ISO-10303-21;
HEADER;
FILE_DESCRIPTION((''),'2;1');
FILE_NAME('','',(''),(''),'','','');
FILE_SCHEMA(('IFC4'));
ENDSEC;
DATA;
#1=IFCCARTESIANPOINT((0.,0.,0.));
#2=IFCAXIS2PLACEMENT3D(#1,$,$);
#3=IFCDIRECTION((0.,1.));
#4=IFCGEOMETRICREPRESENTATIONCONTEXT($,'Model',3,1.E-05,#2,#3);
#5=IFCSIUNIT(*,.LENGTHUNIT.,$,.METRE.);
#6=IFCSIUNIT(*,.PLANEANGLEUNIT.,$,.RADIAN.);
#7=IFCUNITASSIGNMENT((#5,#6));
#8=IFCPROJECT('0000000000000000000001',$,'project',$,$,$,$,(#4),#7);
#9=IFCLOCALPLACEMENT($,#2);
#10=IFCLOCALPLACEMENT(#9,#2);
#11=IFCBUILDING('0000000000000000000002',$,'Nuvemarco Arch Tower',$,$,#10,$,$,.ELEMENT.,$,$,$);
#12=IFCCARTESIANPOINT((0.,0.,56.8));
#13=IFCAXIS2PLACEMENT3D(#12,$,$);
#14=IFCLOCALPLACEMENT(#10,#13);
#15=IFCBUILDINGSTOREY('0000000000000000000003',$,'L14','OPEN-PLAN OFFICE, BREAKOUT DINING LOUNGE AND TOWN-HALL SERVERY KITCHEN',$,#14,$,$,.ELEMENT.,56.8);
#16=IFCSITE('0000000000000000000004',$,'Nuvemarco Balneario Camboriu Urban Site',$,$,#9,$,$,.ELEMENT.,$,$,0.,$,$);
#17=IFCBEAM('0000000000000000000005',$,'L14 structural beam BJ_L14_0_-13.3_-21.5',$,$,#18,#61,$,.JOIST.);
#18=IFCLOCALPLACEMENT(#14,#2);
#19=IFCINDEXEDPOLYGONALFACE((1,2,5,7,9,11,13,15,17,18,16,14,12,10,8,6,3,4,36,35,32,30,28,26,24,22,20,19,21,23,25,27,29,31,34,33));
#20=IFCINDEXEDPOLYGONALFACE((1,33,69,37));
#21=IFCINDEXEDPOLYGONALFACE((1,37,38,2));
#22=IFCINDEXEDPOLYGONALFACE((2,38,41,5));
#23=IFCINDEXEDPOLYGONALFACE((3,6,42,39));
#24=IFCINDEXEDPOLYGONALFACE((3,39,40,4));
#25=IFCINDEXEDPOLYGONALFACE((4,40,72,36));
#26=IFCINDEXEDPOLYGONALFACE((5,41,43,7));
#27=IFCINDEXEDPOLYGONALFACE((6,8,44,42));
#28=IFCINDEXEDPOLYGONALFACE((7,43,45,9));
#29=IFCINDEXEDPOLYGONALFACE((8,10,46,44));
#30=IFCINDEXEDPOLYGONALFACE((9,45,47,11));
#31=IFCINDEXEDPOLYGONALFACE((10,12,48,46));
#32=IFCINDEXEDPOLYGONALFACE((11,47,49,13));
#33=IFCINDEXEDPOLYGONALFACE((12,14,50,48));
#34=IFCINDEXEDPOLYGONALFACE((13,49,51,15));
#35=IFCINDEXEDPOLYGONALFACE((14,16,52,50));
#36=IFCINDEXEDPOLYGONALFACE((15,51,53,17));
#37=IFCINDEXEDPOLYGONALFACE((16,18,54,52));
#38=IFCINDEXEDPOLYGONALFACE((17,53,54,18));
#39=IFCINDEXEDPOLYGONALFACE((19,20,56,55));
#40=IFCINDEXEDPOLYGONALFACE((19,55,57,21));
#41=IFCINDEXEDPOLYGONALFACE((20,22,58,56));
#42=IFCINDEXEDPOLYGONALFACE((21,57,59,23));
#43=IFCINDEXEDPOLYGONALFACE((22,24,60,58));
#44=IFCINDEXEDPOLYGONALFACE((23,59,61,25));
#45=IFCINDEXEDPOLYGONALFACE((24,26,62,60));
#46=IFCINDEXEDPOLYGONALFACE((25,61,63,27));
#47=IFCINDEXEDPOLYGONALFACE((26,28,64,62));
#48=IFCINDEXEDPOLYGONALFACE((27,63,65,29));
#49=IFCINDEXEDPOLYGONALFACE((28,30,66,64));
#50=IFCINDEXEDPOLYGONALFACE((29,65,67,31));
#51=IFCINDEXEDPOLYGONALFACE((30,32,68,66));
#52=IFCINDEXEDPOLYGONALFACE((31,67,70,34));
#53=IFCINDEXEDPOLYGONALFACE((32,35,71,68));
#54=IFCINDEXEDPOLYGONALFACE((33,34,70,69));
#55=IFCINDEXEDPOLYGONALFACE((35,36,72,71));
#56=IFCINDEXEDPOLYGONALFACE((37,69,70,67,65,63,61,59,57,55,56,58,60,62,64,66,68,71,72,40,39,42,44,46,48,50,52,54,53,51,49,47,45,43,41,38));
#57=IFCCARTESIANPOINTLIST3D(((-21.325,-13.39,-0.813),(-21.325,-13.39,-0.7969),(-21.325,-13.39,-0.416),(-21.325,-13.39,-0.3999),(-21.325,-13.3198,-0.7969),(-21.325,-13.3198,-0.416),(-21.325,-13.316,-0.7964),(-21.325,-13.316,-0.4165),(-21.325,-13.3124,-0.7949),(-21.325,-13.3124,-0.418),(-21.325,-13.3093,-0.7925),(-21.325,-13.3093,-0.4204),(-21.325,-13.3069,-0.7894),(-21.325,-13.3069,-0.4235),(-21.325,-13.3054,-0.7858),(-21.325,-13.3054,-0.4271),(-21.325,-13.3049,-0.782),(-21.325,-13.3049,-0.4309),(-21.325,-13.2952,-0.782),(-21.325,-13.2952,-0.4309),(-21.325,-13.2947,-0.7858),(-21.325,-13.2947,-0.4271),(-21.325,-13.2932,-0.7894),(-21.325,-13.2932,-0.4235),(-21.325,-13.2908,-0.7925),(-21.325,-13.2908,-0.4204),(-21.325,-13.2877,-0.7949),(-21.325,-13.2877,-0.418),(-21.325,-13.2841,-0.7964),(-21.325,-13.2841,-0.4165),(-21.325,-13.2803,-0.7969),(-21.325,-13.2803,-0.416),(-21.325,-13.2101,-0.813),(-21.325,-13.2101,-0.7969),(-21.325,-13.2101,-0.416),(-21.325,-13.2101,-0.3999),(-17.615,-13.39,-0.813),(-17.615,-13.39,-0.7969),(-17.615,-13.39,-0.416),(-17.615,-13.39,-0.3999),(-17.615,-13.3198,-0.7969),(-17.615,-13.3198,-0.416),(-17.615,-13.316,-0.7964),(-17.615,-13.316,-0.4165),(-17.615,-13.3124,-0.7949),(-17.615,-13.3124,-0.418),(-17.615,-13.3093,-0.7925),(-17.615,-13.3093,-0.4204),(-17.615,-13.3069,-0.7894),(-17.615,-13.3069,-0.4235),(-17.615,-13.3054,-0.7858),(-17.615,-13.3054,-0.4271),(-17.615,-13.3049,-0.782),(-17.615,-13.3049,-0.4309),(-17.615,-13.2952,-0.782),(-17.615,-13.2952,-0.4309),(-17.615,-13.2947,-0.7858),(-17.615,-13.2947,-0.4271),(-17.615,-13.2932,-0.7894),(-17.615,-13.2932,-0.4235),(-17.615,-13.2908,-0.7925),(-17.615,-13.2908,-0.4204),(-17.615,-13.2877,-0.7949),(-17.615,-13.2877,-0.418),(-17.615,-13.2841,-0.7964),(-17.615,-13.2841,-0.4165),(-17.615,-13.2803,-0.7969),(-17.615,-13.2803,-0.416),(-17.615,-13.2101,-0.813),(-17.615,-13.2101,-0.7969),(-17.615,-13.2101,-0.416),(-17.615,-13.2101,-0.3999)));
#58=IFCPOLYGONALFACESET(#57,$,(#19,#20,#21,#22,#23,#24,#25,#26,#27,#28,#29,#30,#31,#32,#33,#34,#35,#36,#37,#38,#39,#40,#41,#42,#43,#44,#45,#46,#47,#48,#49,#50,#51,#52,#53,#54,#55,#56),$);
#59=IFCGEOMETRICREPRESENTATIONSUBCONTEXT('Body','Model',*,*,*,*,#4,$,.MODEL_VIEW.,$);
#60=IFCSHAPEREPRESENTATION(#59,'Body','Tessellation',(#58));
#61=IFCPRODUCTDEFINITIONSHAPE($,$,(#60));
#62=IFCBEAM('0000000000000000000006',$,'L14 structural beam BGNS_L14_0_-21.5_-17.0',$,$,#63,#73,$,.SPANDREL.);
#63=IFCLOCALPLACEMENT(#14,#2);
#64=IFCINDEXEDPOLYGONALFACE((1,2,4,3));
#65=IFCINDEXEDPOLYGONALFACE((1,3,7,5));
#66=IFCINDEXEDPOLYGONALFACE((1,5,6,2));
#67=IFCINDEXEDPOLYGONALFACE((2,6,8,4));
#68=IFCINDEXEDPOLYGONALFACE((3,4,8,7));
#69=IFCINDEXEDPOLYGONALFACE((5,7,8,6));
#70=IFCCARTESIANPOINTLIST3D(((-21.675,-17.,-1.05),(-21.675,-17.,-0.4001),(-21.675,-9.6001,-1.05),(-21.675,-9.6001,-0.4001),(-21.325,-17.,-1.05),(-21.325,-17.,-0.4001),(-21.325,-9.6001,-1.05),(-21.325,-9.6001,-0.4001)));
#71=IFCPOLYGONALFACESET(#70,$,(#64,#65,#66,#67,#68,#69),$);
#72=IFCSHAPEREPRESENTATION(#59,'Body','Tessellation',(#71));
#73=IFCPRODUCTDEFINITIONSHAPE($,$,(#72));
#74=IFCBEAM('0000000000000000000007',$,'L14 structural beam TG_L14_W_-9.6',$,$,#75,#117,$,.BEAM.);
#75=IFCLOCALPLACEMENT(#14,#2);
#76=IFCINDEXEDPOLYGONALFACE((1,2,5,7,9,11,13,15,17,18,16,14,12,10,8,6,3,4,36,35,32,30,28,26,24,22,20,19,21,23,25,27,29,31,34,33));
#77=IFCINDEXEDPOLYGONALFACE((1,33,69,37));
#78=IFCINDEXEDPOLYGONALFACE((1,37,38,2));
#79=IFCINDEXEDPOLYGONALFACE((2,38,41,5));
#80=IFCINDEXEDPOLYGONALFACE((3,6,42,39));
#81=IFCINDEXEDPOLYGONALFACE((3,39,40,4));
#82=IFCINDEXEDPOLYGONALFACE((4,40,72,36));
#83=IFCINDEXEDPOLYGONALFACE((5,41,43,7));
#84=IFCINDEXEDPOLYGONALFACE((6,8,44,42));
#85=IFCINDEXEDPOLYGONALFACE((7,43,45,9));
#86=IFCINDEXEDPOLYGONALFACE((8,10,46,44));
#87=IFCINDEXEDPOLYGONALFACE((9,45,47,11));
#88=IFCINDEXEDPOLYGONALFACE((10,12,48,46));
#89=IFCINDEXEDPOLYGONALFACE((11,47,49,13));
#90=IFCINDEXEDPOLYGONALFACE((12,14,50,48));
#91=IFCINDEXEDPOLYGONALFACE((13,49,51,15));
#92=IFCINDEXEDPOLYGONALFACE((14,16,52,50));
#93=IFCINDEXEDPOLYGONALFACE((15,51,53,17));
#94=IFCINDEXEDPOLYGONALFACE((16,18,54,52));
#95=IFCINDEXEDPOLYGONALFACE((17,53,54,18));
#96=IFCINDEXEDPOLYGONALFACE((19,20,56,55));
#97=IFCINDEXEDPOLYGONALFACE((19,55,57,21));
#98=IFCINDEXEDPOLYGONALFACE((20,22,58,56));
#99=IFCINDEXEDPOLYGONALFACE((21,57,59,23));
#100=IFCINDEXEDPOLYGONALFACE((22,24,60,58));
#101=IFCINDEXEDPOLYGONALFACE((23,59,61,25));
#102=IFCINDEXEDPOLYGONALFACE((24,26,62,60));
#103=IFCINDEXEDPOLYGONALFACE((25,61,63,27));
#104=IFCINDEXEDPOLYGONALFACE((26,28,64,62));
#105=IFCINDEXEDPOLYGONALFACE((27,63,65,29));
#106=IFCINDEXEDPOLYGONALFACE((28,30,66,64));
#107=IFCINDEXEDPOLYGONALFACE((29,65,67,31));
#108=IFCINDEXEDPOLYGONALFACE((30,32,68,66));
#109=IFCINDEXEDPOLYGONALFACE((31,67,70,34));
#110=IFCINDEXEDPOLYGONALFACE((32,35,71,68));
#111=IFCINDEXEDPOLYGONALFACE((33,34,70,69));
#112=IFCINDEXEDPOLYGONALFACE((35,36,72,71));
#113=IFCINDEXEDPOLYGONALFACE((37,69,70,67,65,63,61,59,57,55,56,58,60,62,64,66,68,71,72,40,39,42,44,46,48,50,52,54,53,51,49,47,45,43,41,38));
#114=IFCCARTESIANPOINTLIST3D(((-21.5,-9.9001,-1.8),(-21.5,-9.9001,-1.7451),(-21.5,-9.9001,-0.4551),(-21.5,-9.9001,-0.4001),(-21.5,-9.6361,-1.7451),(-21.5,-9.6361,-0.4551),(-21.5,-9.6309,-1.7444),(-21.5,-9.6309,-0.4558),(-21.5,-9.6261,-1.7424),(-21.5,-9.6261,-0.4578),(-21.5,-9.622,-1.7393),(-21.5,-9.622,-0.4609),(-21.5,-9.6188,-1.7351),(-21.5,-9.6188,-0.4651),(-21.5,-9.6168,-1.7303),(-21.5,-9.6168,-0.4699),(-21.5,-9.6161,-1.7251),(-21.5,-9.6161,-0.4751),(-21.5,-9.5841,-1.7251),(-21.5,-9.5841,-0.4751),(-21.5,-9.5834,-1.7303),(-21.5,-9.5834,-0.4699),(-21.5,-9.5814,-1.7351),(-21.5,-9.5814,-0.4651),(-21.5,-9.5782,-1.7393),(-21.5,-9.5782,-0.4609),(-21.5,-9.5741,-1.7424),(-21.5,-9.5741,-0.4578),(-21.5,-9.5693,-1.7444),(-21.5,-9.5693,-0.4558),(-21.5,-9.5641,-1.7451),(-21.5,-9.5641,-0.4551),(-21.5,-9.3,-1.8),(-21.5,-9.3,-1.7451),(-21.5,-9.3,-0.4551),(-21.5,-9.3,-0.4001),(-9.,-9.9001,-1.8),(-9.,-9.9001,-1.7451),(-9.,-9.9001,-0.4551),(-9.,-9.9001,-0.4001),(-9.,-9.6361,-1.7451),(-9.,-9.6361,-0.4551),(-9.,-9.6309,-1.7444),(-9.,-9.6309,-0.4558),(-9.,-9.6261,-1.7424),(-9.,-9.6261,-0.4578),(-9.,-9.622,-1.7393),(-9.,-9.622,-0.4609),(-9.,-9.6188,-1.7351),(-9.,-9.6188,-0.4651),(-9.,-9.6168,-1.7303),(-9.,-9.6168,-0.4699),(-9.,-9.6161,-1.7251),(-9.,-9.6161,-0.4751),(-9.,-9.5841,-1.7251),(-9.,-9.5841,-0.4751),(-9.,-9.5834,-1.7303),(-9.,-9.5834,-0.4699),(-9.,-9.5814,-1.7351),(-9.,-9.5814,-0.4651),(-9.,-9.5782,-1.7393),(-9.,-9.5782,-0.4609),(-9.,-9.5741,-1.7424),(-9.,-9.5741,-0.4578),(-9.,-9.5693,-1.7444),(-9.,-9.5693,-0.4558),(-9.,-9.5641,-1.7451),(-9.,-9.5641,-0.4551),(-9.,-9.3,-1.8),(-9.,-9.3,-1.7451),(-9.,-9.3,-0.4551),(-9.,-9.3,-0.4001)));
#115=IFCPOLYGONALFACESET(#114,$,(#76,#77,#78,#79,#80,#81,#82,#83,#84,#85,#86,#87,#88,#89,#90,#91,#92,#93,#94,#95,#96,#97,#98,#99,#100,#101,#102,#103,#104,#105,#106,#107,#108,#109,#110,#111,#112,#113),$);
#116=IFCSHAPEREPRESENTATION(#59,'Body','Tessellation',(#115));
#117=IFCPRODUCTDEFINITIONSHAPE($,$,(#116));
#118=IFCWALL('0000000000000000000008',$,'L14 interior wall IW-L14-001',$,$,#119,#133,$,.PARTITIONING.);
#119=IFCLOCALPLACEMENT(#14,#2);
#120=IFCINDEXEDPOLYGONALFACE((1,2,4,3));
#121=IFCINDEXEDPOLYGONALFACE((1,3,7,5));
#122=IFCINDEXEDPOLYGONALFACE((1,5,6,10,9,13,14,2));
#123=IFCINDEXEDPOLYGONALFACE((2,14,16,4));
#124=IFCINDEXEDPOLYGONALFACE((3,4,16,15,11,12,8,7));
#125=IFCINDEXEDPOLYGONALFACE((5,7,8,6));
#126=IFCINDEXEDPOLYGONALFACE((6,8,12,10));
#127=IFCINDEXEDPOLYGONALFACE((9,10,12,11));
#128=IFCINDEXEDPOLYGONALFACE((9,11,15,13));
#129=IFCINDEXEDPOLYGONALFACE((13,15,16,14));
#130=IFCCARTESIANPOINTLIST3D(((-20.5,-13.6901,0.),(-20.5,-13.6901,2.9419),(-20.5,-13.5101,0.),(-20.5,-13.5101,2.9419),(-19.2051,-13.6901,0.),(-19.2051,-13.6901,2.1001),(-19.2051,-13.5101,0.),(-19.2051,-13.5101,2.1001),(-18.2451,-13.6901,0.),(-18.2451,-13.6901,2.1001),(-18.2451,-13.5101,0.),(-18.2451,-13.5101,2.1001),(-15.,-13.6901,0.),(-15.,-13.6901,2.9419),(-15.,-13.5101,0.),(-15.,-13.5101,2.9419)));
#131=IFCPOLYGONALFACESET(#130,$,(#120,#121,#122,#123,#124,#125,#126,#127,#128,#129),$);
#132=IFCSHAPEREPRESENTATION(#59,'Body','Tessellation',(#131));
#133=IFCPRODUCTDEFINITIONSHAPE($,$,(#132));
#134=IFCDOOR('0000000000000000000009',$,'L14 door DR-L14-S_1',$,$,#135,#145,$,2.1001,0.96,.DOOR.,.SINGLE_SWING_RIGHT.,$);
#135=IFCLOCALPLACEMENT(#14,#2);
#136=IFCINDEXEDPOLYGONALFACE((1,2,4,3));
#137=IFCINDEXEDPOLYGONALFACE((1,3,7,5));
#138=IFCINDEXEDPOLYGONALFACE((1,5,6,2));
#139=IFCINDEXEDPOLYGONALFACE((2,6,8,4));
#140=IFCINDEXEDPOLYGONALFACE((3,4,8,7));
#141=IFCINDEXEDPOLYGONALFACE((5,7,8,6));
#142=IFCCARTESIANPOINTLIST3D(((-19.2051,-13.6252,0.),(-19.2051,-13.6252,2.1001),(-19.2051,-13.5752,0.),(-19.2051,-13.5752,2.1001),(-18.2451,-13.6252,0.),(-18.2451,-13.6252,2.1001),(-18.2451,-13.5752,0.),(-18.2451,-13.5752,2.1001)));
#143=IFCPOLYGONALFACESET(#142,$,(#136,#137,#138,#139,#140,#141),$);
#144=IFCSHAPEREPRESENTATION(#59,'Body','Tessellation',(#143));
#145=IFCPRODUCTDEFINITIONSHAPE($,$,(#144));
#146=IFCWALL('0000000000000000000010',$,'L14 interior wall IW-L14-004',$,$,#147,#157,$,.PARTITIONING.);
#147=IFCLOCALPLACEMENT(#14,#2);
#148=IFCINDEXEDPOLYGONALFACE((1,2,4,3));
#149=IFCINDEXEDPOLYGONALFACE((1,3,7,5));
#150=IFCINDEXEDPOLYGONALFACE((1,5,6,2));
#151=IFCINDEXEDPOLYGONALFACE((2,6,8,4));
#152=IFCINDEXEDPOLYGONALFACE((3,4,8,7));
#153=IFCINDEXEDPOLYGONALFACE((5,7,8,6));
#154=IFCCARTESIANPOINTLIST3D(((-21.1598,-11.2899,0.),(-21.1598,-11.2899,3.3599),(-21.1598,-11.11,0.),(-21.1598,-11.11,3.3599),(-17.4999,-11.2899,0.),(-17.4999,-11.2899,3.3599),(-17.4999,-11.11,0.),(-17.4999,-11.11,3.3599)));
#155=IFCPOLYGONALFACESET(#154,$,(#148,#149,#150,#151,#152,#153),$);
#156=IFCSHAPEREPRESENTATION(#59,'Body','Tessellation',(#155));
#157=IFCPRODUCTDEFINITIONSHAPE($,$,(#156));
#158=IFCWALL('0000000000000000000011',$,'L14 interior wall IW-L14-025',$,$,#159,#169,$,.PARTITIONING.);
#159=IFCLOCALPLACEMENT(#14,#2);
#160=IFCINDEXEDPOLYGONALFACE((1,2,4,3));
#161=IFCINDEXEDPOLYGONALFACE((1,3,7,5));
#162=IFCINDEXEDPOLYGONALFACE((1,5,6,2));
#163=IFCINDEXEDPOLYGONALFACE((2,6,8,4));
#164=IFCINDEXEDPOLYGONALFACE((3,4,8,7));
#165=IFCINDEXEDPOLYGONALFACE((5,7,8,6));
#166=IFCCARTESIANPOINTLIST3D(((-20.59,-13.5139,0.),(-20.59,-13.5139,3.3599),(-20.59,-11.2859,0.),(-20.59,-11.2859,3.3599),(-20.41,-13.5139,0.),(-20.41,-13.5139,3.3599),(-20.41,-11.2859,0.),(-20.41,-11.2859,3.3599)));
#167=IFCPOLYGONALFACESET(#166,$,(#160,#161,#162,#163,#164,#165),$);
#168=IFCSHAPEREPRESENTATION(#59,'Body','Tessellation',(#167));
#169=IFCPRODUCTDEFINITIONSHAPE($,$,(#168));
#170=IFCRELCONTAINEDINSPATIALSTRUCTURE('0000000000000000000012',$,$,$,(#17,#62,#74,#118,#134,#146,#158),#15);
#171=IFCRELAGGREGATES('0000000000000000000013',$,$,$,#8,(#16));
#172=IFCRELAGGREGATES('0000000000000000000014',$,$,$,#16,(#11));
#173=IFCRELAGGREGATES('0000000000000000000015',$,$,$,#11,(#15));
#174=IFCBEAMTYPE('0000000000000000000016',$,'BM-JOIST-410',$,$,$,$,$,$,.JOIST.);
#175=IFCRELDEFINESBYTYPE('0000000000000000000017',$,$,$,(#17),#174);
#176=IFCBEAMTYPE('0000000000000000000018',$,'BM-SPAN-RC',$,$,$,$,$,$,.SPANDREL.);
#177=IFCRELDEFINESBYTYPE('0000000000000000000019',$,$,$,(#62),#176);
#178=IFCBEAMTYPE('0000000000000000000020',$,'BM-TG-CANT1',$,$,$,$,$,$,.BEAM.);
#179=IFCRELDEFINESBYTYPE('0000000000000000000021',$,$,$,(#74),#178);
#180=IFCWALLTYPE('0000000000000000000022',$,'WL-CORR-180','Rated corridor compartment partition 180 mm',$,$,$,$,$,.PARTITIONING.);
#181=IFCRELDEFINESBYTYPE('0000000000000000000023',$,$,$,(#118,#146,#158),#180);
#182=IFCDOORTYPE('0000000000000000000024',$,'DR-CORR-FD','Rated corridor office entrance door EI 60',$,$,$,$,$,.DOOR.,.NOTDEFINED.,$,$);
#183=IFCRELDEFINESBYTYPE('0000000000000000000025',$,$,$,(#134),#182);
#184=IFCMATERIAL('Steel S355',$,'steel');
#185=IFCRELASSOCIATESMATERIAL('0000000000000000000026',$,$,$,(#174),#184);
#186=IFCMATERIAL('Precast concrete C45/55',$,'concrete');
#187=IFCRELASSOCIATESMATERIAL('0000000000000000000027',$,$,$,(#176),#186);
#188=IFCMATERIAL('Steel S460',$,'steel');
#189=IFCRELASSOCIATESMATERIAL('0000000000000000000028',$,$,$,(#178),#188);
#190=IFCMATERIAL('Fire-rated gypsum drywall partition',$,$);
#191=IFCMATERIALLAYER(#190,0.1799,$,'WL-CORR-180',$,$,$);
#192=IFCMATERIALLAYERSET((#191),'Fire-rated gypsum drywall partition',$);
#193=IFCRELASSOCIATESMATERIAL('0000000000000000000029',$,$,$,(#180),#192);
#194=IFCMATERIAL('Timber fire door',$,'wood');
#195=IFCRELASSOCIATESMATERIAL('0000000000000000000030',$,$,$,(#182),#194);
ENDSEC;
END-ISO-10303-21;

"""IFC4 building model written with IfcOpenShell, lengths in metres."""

from ifc_helpers import new_model, si_unit, direction, frame, frame_2d, origin, origin_2d, place, context, subcontext, project, spatial, rectangle, i_section, extrude, source, transform, mapped, material, layer, layer_set, material_profile, profile_set, type_object, type_shapes, element, fill, save


model = new_model("IFC4")

# Units and contexts
model_context = context("Model", 3, precision=1e-05, world=origin(), true_north=direction((0.0, 1.0)))
body_context = subcontext(model_context, "Body", "Model", "MODEL_VIEW")
ifc_project = project(units=[si_unit("LENGTHUNIT", "METRE"), si_unit("PLANEANGLEUNIT", "RADIAN")], contexts=[model_context])

# Site, building, storey
site_placement = place(None, origin())
site = spatial("IfcSite", under=ifc_project, at=site_placement, Name="Nuvemarco Balneario Camboriu Urban Site", CompositionType="ELEMENT", RefElevation=0.0)
building_placement = place(site_placement, origin())
building = spatial("IfcBuilding", under=site, at=building_placement, Name="Nuvemarco Arch Tower", CompositionType="ELEMENT")
storey_placement = place(building_placement, frame((0.0, 0.0, 56.8)))
storey = spatial("IfcBuildingStorey", under=building, at=storey_placement, Name="L14", Description="OPEN-PLAN OFFICE, BREAKOUT DINING LOUNGE AND TOWN-HALL SERVERY KITCHEN", CompositionType="ELEMENT", Elevation=56.8)

# Shared definitions
ifc_material_1 = material(Name="Steel S460", Category="steel")
ifc_material_2 = material(Name="Steel S355", Category="steel")

# Beams
ifc_material_profile_1 = material_profile(ifc_material_2, i_section(OverallWidth=0.1799, OverallDepth=0.4131, WebThickness=0.0098, FlangeThickness=0.0161, FilletRadius=0.0149, at=origin_2d()), Name="W410x75")
ifc_profile_set_1 = profile_set([ifc_material_profile_1], Name="Steel S355")
beam_type_1 = type_object("IfcBeamType", Name="BM-JOIST-410", PredefinedType="JOIST", material=ifc_profile_set_1)
beam_1_placement = place(storey_placement, frame((-21.325, -13.3, -0.6064), z_axis=(1.0, 0.0, 0.0), x_axis=(0.0, 1.0, 0.0)))
element("IfcBeam", 1, at=beam_1_placement, inside=storey, type_object=beam_type_1, Name="L14 structural beam BJ_L14_0_-13.3_-21.5", PredefinedType="JOIST", context=body_context, shape_type="SweptSolid", body=[
    extrude(i_section(OverallWidth=0.1799, OverallDepth=0.4131, WebThickness=0.0098, FlangeThickness=0.0161, FilletRadius=0.0149, at=origin_2d()), origin(), (0.0, 0.0, 1.0), 3.71),
])
ifc_material_3 = material(Name="Precast concrete C45/55", Category="concrete")
ifc_material_profile_2 = material_profile(ifc_material_3, rectangle(XDim=0.3501, YDim=0.6499, at=origin_2d()), Name="PC-SP-350x650")
ifc_profile_set_2 = profile_set([ifc_material_profile_2], Name="Precast concrete C45/55")
beam_type_2 = type_object("IfcBeamType", Name="BM-SPAN-RC", PredefinedType="SPANDREL", material=ifc_profile_set_2)
beam_2_placement = place(storey_placement, frame((-21.5, -17.0, -0.7251), z_axis=(0.0, 1.0, 0.0), x_axis=(-1.0, 0.0, 0.0)))
element("IfcBeam", 2, at=beam_2_placement, inside=storey, type_object=beam_type_2, Name="L14 structural beam BGNS_L14_0_-21.5_-17.0", PredefinedType="SPANDREL", context=body_context, shape_type="SweptSolid", body=[
    extrude(rectangle(XDim=0.3501, YDim=0.6499, at=origin_2d()), origin(), (0.0, 0.0, 1.0), 7.3999),
])
ifc_material_profile_3 = material_profile(ifc_material_1, i_section(OverallWidth=0.6001, OverallDepth=1.3999, WebThickness=0.032, FlangeThickness=0.0549, FilletRadius=0.02, at=origin_2d()), Name="PG1400x600")
ifc_profile_set_3 = profile_set([ifc_material_profile_3], Name="Steel S460")
beam_type_3 = type_object("IfcBeamType", Name="BM-TG-CANT1", PredefinedType="BEAM", material=ifc_profile_set_3)
beam_3_placement = place(storey_placement, frame((-21.5, -9.6001, -1.1001), z_axis=(1.0, 0.0, 0.0), x_axis=(0.0, 1.0, 0.0)))
element("IfcBeam", 3, at=beam_3_placement, inside=storey, type_object=beam_type_3, Name="L14 structural beam TG_L14_W_-9.6", PredefinedType="BEAM", context=body_context, shape_type="SweptSolid", body=[
    extrude(i_section(OverallWidth=0.6001, OverallDepth=1.3999, WebThickness=0.032, FlangeThickness=0.0549, FilletRadius=0.02, at=origin_2d()), origin(), (0.0, 0.0, 1.0), 12.5),
])

# Wall, opening, door
ifc_material_4 = material(Name="Fire-rated gypsum drywall partition")
ifc_layer = layer(ifc_material_4, 0.1799, Name="WL-CORR-180")
ifc_layer_set = layer_set([ifc_layer], Name="Fire-rated gypsum drywall partition")
wall_type = type_object("IfcWallType", Name="WL-CORR-180", Description="Rated corridor compartment partition 180 mm", PredefinedType="PARTITIONING", material=ifc_layer_set)
wall_1_placement = place(storey_placement, frame((-20.5, -13.6001, 0.0), z_axis=(0.0, 0.0, 1.0), x_axis=(1.0, 0.0, 0.0)))
wall_1 = element("IfcWall", 4, at=wall_1_placement, inside=storey, type_object=wall_type, Name="L14 interior wall IW-L14-001", PredefinedType="PARTITIONING", context=body_context, shape_type="SweptSolid", body=[
    extrude(rectangle(XDim=5.5, YDim=0.1799, at=frame_2d((2.75, 0.0))), origin(), (0.0, 0.0, 1.0), 2.9419),
])
opening_placement = place(wall_1_placement, frame((1.2949, 0.0, 0.0)))
opening = element("IfcOpeningElement", 5, at=opening_placement, cuts=wall_1, PredefinedType="OPENING", context=body_context, shape_type="SweptSolid", body=[
    extrude(rectangle(XDim=0.96, YDim=2.1001, at=frame_2d((0.48, 1.05))), frame((0.0, 0.0999, 0.0), z_axis=(0.0, -1.0, 0.0), x_axis=(1.0, 0.0, 0.0)), (0.0, 0.0, 1.0), 0.2),
])
ifc_material_5 = material(Name="Timber fire door", Category="wood")
door_type = type_object("IfcDoorType", Name="DR-CORR-FD", Description="Rated corridor office entrance door EI 60", OperationType="NOTDEFINED", PredefinedType="DOOR", material=ifc_material_5)
shared_shape_1 = source(origin(), body_context, "Body", "SweptSolid", [
    extrude(rectangle(XDim=0.96, YDim=2.1001, at=frame_2d((0.48, 1.05))), frame((0.0, 0.0249, 0.0), z_axis=(0.0, -1.0, 0.0), x_axis=(1.0, 0.0, 0.0)), (0.0, 0.0, 1.0), 0.05),
])
type_shapes(door_type, [shared_shape_1])
door_placement = place(opening_placement, origin())
door = element("IfcDoor", 6, at=door_placement, inside=storey, type_object=door_type, Name="L14 door DR-L14-S_1", OperationType="SINGLE_SWING_RIGHT", OverallHeight=2.1001, OverallWidth=0.96, PredefinedType="DOOR", context=body_context, shape_type="MappedRepresentation", body=[
    mapped(shared_shape_1, transform((0.0, 0.0, 0.0), scale=1.0)),
])
fill(opening, door)

# Walls
wall_2_placement = place(storey_placement, frame((-21.1599, -11.2, 0.0), z_axis=(0.0, 0.0, 1.0), x_axis=(1.0, 0.0, 0.0)))
element("IfcWall", 7, at=wall_2_placement, inside=storey, type_object=wall_type, Name="L14 interior wall IW-L14-004", PredefinedType="PARTITIONING", context=body_context, shape_type="SweptSolid", body=[
    extrude(rectangle(XDim=3.6599, YDim=0.1799, at=frame_2d((1.8301, 0.0))), origin(), (0.0, 0.0, 1.0), 3.3599),
])
wall_3_placement = place(storey_placement, frame((-20.5, -13.5139, 0.0), z_axis=(0.0, 0.0, 1.0), x_axis=(0.0, 1.0, 0.0)))
element("IfcWall", 8, at=wall_3_placement, inside=storey, type_object=wall_type, Name="L14 interior wall IW-L14-025", PredefinedType="PARTITIONING", context=body_context, shape_type="SweptSolid", body=[
    extrude(rectangle(XDim=2.228, YDim=0.1799, at=frame_2d((1.114, 0.0))), origin(), (0.0, 0.0, 1.0), 3.3599),
])

save(model, "model.ifc")
